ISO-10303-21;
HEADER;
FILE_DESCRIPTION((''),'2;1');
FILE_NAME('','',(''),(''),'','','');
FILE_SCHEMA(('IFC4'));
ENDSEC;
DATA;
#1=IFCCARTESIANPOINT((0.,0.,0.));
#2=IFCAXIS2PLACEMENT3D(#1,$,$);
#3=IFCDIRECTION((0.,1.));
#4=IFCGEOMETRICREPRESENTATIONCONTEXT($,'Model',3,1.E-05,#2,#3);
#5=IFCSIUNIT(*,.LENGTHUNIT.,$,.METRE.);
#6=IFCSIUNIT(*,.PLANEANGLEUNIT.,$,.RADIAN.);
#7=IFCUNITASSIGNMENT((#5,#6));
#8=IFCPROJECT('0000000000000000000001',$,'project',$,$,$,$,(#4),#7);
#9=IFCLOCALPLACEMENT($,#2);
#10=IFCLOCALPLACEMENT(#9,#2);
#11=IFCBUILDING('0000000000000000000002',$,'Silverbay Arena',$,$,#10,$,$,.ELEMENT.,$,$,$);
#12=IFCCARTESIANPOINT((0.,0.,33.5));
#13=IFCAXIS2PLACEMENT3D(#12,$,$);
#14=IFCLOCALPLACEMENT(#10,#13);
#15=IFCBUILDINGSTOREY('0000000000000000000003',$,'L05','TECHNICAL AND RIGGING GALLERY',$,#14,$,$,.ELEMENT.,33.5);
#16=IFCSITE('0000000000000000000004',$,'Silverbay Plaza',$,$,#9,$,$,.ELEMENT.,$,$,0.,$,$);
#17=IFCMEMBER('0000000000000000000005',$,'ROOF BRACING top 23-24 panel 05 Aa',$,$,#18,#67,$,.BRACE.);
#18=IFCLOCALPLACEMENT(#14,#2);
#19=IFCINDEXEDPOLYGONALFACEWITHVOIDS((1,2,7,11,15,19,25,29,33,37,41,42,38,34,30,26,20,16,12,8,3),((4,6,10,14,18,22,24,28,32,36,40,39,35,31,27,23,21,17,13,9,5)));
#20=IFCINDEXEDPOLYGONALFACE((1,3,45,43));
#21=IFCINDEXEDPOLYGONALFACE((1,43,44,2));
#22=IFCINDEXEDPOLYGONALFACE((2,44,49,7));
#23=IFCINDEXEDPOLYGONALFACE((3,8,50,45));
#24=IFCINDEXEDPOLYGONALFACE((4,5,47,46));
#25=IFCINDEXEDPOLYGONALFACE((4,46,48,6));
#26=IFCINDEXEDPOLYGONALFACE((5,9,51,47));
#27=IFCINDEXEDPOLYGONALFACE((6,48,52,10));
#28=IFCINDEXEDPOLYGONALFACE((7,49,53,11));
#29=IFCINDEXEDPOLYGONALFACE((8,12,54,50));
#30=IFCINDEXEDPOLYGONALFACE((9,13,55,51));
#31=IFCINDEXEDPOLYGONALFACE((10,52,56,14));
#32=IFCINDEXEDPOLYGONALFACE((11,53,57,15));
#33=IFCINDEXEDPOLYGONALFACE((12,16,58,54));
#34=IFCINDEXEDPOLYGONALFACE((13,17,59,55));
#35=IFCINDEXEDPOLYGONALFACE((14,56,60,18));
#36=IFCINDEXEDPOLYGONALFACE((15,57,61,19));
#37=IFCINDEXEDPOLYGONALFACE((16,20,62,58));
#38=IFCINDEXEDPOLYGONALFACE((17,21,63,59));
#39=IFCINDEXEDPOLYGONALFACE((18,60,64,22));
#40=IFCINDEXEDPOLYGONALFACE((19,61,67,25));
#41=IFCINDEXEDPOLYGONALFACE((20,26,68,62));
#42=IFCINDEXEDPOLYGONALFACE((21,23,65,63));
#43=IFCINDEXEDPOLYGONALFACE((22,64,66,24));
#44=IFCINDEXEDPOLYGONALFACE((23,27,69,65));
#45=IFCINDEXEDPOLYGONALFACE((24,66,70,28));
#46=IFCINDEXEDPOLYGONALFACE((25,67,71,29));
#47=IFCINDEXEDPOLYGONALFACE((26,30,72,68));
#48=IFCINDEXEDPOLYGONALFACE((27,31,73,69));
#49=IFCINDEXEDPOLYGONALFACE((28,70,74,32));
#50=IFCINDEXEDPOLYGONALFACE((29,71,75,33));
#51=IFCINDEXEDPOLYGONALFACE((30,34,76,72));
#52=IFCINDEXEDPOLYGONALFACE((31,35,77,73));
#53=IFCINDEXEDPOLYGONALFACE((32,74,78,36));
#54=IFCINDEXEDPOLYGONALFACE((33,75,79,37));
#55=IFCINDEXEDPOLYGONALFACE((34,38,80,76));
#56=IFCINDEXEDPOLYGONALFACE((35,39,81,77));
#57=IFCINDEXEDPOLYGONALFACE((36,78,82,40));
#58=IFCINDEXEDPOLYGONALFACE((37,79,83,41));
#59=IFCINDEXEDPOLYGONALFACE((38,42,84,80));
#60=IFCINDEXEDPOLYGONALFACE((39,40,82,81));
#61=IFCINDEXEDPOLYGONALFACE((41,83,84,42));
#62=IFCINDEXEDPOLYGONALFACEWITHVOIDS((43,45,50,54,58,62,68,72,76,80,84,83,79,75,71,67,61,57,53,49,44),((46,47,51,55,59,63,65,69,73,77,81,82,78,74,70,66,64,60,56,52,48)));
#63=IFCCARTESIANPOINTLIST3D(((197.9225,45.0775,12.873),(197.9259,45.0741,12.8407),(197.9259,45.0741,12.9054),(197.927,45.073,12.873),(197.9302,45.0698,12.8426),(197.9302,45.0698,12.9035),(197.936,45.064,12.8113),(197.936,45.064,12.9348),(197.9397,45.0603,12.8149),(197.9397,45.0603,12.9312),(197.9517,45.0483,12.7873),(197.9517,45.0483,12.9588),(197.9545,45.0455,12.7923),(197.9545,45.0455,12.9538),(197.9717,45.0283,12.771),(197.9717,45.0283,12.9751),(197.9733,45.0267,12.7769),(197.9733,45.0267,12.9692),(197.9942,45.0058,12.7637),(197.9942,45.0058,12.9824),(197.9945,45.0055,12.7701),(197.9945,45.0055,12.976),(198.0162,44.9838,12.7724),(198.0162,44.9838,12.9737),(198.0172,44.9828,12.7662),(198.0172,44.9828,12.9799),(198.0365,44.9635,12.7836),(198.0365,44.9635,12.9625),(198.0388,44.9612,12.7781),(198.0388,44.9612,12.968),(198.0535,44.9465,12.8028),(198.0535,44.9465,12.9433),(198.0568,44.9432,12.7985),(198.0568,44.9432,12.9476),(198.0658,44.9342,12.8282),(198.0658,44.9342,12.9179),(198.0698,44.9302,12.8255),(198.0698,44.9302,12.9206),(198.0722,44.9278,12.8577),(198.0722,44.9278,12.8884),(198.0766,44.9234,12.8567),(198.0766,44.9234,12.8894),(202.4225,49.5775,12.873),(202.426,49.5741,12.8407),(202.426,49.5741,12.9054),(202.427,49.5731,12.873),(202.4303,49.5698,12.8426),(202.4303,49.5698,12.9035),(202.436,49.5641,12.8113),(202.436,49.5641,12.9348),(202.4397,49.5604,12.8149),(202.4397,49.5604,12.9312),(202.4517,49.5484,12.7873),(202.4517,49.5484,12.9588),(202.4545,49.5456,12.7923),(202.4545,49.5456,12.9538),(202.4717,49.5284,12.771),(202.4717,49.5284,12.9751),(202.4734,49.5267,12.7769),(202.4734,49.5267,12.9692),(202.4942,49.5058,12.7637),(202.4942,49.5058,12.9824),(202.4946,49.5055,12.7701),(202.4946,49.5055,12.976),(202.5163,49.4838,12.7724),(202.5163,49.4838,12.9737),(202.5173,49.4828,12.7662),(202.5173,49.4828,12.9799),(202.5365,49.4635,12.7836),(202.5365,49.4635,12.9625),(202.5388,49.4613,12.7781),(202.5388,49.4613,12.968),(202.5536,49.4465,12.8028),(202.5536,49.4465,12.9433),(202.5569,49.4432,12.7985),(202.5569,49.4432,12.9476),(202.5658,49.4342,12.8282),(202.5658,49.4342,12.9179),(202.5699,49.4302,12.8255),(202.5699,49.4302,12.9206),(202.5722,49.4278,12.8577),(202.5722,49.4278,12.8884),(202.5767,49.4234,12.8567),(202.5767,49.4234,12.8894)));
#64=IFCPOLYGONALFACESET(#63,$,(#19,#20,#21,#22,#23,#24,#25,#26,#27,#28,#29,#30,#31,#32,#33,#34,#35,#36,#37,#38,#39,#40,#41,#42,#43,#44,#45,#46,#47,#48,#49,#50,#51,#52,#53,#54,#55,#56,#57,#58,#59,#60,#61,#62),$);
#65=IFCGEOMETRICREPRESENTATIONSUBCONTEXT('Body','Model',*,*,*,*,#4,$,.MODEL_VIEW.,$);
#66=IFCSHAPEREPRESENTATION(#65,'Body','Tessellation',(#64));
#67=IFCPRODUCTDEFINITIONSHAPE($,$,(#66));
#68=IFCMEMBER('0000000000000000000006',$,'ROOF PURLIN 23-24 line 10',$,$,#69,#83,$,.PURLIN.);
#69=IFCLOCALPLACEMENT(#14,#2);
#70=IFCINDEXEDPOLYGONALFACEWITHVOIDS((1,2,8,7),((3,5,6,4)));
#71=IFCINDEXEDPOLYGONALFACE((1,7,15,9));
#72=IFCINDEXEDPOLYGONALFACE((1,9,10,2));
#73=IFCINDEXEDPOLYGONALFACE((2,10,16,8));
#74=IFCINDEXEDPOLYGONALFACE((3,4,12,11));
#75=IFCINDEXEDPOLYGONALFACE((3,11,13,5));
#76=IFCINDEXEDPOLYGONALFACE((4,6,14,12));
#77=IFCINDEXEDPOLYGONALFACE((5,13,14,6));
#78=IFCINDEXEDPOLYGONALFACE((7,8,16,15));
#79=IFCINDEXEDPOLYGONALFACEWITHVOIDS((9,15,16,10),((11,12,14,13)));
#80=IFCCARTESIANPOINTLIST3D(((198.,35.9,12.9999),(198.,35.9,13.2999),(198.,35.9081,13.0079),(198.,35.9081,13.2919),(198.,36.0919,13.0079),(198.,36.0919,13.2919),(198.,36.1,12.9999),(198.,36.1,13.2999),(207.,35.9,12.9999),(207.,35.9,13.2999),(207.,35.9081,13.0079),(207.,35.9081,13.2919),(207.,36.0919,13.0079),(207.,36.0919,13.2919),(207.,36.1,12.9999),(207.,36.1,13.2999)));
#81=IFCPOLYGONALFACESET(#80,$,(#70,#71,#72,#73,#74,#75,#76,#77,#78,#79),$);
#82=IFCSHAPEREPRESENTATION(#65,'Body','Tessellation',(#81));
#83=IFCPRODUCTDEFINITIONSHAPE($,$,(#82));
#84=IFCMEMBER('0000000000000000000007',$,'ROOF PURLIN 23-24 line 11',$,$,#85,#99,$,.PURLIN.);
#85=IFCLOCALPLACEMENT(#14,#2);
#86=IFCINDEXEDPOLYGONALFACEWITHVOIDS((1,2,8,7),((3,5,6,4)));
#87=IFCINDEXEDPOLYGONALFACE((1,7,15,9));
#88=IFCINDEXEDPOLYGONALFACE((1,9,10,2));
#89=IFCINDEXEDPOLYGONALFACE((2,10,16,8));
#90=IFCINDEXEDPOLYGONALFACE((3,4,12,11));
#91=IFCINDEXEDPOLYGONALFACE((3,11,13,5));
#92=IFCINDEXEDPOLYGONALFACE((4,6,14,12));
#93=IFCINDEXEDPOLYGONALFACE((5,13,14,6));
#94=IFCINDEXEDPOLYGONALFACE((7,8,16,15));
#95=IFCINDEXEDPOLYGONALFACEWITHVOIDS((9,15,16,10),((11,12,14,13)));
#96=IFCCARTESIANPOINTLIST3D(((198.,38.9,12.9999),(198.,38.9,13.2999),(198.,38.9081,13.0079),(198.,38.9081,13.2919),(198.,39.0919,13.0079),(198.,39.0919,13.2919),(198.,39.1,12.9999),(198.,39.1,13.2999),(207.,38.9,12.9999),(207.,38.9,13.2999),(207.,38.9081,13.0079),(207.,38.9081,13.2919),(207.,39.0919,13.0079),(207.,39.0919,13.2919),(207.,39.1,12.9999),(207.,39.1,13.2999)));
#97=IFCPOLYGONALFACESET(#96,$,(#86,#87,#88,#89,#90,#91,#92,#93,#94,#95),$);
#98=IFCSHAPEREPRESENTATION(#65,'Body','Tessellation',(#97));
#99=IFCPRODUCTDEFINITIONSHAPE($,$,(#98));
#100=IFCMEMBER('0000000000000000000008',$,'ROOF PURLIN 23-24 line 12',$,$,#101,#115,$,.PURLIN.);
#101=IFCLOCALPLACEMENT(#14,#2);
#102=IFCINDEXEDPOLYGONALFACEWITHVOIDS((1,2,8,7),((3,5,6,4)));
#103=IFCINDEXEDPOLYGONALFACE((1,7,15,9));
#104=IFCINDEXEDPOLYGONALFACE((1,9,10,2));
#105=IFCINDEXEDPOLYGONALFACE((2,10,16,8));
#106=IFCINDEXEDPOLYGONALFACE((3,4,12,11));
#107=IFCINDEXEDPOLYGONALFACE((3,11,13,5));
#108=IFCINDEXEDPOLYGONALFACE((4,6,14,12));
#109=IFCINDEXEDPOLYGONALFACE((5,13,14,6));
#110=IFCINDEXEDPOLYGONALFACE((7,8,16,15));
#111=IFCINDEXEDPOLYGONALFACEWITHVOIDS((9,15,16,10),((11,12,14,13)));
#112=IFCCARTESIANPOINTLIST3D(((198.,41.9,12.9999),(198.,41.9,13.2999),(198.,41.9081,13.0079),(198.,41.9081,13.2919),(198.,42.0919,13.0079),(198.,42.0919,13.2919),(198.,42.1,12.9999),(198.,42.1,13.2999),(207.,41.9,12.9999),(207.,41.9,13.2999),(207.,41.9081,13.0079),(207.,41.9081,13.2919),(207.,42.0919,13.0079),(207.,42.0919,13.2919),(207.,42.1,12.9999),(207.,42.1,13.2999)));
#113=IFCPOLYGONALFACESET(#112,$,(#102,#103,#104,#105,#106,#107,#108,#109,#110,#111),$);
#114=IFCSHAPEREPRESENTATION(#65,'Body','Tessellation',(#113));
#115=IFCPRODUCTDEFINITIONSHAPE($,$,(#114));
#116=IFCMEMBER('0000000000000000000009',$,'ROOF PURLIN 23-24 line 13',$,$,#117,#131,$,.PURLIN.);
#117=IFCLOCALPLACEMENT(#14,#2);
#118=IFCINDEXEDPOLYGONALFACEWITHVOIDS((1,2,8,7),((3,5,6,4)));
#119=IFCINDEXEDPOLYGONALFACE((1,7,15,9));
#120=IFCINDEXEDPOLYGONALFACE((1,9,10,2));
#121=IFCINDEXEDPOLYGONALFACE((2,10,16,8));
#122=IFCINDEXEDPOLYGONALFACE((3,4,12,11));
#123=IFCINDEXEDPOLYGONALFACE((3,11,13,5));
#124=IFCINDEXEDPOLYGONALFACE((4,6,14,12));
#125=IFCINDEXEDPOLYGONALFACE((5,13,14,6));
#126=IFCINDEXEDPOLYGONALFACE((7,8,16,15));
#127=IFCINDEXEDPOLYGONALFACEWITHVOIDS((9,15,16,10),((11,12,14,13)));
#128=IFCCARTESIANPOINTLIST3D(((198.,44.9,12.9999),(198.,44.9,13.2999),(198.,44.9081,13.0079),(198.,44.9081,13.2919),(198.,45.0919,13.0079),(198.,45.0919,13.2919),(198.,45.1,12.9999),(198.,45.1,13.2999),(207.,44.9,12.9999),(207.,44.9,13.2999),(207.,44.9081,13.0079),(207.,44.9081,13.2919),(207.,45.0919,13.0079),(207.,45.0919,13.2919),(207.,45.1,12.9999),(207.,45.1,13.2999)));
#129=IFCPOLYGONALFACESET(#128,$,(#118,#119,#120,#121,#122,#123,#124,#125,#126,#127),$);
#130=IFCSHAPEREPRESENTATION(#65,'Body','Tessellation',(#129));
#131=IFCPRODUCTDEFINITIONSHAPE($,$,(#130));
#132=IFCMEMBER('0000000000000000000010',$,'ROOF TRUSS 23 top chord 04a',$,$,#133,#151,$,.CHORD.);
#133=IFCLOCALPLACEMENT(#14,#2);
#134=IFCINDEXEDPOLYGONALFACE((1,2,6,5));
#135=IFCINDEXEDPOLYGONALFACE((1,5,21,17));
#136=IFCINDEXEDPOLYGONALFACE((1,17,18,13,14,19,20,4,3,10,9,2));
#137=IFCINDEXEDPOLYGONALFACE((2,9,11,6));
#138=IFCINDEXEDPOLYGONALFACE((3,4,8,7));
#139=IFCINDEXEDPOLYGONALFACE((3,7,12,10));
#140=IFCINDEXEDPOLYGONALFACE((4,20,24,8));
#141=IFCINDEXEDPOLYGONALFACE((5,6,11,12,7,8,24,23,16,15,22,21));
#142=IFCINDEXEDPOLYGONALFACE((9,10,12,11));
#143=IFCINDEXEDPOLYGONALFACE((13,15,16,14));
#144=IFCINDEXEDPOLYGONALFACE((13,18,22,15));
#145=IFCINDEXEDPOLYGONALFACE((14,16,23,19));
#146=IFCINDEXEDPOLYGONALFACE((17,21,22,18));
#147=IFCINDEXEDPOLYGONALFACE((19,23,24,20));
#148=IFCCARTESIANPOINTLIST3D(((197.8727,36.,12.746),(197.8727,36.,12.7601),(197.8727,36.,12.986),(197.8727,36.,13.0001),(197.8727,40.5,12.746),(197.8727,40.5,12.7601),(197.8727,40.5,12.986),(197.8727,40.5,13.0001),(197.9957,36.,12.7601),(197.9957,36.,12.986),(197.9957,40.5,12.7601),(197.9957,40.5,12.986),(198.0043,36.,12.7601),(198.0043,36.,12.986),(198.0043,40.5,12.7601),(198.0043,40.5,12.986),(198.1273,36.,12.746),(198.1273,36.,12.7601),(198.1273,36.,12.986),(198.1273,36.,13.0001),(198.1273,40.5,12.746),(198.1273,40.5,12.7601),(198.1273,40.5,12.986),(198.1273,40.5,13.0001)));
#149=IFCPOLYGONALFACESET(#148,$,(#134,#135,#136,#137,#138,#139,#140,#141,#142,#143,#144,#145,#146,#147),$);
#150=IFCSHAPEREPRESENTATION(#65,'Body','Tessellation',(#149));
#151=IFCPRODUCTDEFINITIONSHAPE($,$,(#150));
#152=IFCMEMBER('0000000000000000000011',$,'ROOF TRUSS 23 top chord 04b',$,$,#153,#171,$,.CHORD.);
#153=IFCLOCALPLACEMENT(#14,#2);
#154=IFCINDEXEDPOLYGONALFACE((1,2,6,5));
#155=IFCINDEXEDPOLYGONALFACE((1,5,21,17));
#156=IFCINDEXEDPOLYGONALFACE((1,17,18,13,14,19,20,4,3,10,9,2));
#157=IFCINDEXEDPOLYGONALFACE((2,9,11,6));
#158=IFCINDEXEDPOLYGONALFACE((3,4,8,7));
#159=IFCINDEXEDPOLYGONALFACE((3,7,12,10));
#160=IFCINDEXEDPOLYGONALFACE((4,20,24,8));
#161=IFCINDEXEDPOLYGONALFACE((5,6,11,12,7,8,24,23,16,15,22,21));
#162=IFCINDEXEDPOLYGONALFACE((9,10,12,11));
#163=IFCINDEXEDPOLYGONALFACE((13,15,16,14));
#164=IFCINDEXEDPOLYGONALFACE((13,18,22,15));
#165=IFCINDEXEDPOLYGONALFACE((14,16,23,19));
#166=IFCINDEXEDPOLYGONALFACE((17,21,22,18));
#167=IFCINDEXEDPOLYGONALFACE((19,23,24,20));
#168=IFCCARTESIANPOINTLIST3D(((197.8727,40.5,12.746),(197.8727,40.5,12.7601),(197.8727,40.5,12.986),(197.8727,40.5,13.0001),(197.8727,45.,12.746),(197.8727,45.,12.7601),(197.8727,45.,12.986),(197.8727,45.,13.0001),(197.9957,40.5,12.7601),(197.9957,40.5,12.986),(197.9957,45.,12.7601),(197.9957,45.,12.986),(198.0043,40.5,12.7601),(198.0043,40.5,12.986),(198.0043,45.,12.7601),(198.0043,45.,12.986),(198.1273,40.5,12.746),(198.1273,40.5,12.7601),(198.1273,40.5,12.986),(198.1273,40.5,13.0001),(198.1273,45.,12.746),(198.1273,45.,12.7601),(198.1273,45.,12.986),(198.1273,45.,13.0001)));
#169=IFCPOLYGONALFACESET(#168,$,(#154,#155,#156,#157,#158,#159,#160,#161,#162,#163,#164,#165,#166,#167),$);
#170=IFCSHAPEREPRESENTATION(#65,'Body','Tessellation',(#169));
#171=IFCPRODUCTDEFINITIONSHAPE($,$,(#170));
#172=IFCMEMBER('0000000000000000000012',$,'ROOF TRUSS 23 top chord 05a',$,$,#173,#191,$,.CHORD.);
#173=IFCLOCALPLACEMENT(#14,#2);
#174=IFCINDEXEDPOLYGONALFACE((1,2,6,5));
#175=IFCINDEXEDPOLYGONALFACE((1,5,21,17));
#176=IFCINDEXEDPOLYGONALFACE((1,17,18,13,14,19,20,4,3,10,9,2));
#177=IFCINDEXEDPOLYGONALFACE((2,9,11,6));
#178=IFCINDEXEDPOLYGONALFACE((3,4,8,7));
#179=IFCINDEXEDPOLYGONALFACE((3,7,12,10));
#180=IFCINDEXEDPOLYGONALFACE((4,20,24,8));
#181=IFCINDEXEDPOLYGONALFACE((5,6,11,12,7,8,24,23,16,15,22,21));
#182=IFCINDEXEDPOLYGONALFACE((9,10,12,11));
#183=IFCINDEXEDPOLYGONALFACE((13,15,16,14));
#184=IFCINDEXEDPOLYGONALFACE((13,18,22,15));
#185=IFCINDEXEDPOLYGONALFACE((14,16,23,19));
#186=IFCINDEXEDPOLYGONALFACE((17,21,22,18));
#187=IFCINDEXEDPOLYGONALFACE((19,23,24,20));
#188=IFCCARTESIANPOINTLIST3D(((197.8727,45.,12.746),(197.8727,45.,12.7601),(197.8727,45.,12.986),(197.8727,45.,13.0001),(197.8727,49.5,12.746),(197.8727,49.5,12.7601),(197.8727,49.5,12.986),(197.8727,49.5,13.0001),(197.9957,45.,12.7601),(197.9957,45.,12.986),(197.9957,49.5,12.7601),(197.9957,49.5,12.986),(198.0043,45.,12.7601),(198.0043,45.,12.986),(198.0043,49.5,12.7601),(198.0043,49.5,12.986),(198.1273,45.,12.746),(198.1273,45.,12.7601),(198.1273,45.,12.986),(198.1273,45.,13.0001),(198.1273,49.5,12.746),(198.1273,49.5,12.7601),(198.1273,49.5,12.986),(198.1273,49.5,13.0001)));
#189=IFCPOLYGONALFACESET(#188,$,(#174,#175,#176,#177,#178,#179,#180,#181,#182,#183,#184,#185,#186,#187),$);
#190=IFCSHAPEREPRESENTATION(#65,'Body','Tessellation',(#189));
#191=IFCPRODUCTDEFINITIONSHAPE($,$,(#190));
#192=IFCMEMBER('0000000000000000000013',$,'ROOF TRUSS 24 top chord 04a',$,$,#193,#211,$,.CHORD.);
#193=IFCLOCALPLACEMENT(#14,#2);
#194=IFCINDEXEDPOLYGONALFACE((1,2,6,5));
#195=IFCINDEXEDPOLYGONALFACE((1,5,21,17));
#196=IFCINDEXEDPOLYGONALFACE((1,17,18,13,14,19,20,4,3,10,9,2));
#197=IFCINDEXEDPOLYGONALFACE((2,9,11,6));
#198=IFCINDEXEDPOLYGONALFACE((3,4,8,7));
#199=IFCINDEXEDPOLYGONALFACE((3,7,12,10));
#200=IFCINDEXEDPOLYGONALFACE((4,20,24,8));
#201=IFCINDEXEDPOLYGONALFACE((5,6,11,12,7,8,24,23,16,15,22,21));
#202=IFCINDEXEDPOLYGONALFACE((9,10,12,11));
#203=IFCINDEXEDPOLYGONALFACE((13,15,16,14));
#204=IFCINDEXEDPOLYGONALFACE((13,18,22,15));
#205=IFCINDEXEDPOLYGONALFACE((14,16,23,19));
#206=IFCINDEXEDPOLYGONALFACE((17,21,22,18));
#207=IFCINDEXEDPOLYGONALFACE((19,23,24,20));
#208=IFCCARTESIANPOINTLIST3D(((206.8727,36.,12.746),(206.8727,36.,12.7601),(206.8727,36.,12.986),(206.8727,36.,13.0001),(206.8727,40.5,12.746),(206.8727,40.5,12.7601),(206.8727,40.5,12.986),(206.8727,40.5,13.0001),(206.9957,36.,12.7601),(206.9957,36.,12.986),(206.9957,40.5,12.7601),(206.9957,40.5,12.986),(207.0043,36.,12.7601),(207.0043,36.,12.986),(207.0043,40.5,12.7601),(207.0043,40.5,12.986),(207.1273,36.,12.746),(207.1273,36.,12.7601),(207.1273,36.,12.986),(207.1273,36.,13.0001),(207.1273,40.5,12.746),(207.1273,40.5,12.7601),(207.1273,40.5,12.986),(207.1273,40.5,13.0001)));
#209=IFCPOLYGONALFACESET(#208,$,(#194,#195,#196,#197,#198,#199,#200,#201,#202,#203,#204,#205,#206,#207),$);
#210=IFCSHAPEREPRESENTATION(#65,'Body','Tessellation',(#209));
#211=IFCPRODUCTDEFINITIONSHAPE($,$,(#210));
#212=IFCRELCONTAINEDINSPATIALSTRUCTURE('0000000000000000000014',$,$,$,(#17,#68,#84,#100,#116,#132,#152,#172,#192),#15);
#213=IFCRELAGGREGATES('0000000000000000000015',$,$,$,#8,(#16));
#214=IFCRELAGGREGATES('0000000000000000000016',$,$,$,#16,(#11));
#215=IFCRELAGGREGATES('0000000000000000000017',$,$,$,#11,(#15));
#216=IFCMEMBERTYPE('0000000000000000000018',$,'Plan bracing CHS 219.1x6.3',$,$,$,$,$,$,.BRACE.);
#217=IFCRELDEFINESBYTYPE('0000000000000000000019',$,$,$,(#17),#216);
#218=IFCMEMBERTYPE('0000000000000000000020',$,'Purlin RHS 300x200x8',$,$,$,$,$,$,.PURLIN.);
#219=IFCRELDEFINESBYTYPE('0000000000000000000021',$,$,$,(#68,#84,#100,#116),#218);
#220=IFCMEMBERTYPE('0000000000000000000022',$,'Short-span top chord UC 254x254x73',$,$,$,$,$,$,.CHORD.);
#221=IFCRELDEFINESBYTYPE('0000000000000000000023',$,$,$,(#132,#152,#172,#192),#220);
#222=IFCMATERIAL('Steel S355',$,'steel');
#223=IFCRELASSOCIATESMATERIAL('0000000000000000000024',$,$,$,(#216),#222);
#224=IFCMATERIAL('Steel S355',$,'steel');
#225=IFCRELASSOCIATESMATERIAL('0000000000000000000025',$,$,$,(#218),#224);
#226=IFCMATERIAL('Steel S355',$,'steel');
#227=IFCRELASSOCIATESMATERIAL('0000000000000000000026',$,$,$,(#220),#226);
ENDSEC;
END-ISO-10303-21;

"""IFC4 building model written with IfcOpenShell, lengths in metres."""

from ifc_helpers import new_model, si_unit, direction, frame, origin, origin_2d, place, context, subcontext, project, spatial, hollow_rectangle, hollow_circle, i_section, extrude, material, material_profile, profile_set, type_object, element, save


model = new_model("IFC4")

# Units and contexts
model_context = context("Model", 3, precision=1e-05, world=origin(), true_north=direction((0.0, 1.0)))
body_context = subcontext(model_context, "Body", "Model", "MODEL_VIEW")
ifc_project = project(units=[si_unit("LENGTHUNIT", "METRE"), si_unit("PLANEANGLEUNIT", "RADIAN")], contexts=[model_context])

# Site, building, storey
site_placement = place(None, origin())
site = spatial("IfcSite", under=ifc_project, at=site_placement, Name="Silverbay Plaza", CompositionType="ELEMENT", RefElevation=0.0)
building_placement = place(site_placement, origin())
building = spatial("IfcBuilding", under=site, at=building_placement, Name="Silverbay Arena", CompositionType="ELEMENT")
storey_placement = place(building_placement, frame((0.0, 0.0, 33.5)))
storey = spatial("IfcBuildingStorey", under=building, at=storey_placement, Name="L05", Description="TECHNICAL AND RIGGING GALLERY", CompositionType="ELEMENT", Elevation=33.5)

# Members
ifc_material_1 = material(Name="Steel S355", Category="steel")
ifc_material_profile_1 = material_profile(ifc_material_1, hollow_circle(Radius=0.1096, WallThickness=0.0063, at=origin_2d()), Name="CHS 219.1x6.3")
ifc_profile_set_1 = profile_set([ifc_material_profile_1], Name="Steel S355")
member_type_1 = type_object("IfcMemberType", Name="Plan bracing CHS 219.1x6.3", PredefinedType="BRACE", material=ifc_profile_set_1)
member_placement = place(storey_placement, frame((198.0, 45.0, 12.873), z_axis=(0.707107, 0.707107, 0.0), x_axis=(-0.707107, 0.707107, 0.0)))
element("IfcMember", 1, at=member_placement, inside=storey, type_object=member_type_1, Name="ROOF BRACING top 23-24 panel 05 Aa", PredefinedType="BRACE", context=body_context, shape_type="SweptSolid", body=[
    extrude(hollow_circle(Radius=0.1096, WallThickness=0.0063, at=origin_2d()), origin(), (0.0, 0.0, 1.0), 6.364),
])
ifc_material_2 = material(Name="Steel S355", Category="steel")
ifc_material_profile_2 = material_profile(ifc_material_2, hollow_rectangle(XDim=0.2, YDim=0.3, WallThickness=0.0081, at=origin_2d()), Name="RHS 300x200x8")
ifc_profile_set_2 = profile_set([ifc_material_profile_2], Name="Steel S355")
member_type_2 = type_object("IfcMemberType", Name="Purlin RHS 300x200x8", PredefinedType="PURLIN", material=ifc_profile_set_2)
for number, where, z_axis, x_axis, name in (
    (2, (198.0, 36.0, 13.1499), (1.0, 0.0, 0.0), (0.0, 1.0, 0.0), "ROOF PURLIN 23-24 line 10"),
    (3, (198.0, 39.0, 13.1499), (1.0, 0.0, 0.0), (0.0, 1.0, 0.0), "ROOF PURLIN 23-24 line 11"),
    (4, (198.0, 42.0, 13.1499), (1.0, 0.0, 0.0), (0.0, 1.0, 0.0), "ROOF PURLIN 23-24 line 12"),
    (5, (198.0, 45.0, 13.1499), (1.0, 0.0, 0.0), (0.0, 1.0, 0.0), "ROOF PURLIN 23-24 line 13"),
):
    element("IfcMember", number, at=place(storey_placement, frame(where, z_axis=z_axis, x_axis=x_axis)), inside=storey, type_object=member_type_2, Name=name, PredefinedType="PURLIN", context=body_context, shape_type="SweptSolid", body=[
        extrude(hollow_rectangle(XDim=0.2, YDim=0.3, WallThickness=0.0081, at=origin_2d()), origin(), (0.0, 0.0, 1.0), 9.0),
    ])
ifc_material_3 = material(Name="Steel S355", Category="steel")
ifc_material_profile_3 = material_profile(ifc_material_3, i_section(OverallWidth=0.2546, OverallDepth=0.2542, WebThickness=0.0085, FlangeThickness=0.0142, at=origin_2d()), Name="UC 254x254x73")
ifc_profile_set_3 = profile_set([ifc_material_profile_3], Name="Steel S355")
member_type_3 = type_object("IfcMemberType", Name="Short-span top chord UC 254x254x73", PredefinedType="CHORD", material=ifc_profile_set_3)
for number, where, z_axis, x_axis, name in (
    (6, (198.0, 36.0, 12.873), (0.0, 1.0, 0.0), (-1.0, 0.0, 0.0), "ROOF TRUSS 23 top chord 04a"),
    (7, (198.0, 40.5, 12.873), (0.0, 1.0, 0.0), (-1.0, 0.0, 0.0), "ROOF TRUSS 23 top chord 04b"),
    (8, (198.0, 45.0, 12.873), (0.0, 1.0, 0.0), (-1.0, 0.0, 0.0), "ROOF TRUSS 23 top chord 05a"),
    (9, (207.0, 36.0, 12.873), (0.0, 1.0, 0.0), (-1.0, 0.0, 0.0), "ROOF TRUSS 24 top chord 04a"),
):
    element("IfcMember", number, at=place(storey_placement, frame(where, z_axis=z_axis, x_axis=x_axis)), inside=storey, type_object=member_type_3, Name=name, PredefinedType="CHORD", context=body_context, shape_type="SweptSolid", body=[
        extrude(i_section(OverallWidth=0.2546, OverallDepth=0.2542, WebThickness=0.0085, FlangeThickness=0.0142, at=origin_2d()), origin(), (0.0, 0.0, 1.0), 4.5),
    ])

save(model, "model.ifc")
